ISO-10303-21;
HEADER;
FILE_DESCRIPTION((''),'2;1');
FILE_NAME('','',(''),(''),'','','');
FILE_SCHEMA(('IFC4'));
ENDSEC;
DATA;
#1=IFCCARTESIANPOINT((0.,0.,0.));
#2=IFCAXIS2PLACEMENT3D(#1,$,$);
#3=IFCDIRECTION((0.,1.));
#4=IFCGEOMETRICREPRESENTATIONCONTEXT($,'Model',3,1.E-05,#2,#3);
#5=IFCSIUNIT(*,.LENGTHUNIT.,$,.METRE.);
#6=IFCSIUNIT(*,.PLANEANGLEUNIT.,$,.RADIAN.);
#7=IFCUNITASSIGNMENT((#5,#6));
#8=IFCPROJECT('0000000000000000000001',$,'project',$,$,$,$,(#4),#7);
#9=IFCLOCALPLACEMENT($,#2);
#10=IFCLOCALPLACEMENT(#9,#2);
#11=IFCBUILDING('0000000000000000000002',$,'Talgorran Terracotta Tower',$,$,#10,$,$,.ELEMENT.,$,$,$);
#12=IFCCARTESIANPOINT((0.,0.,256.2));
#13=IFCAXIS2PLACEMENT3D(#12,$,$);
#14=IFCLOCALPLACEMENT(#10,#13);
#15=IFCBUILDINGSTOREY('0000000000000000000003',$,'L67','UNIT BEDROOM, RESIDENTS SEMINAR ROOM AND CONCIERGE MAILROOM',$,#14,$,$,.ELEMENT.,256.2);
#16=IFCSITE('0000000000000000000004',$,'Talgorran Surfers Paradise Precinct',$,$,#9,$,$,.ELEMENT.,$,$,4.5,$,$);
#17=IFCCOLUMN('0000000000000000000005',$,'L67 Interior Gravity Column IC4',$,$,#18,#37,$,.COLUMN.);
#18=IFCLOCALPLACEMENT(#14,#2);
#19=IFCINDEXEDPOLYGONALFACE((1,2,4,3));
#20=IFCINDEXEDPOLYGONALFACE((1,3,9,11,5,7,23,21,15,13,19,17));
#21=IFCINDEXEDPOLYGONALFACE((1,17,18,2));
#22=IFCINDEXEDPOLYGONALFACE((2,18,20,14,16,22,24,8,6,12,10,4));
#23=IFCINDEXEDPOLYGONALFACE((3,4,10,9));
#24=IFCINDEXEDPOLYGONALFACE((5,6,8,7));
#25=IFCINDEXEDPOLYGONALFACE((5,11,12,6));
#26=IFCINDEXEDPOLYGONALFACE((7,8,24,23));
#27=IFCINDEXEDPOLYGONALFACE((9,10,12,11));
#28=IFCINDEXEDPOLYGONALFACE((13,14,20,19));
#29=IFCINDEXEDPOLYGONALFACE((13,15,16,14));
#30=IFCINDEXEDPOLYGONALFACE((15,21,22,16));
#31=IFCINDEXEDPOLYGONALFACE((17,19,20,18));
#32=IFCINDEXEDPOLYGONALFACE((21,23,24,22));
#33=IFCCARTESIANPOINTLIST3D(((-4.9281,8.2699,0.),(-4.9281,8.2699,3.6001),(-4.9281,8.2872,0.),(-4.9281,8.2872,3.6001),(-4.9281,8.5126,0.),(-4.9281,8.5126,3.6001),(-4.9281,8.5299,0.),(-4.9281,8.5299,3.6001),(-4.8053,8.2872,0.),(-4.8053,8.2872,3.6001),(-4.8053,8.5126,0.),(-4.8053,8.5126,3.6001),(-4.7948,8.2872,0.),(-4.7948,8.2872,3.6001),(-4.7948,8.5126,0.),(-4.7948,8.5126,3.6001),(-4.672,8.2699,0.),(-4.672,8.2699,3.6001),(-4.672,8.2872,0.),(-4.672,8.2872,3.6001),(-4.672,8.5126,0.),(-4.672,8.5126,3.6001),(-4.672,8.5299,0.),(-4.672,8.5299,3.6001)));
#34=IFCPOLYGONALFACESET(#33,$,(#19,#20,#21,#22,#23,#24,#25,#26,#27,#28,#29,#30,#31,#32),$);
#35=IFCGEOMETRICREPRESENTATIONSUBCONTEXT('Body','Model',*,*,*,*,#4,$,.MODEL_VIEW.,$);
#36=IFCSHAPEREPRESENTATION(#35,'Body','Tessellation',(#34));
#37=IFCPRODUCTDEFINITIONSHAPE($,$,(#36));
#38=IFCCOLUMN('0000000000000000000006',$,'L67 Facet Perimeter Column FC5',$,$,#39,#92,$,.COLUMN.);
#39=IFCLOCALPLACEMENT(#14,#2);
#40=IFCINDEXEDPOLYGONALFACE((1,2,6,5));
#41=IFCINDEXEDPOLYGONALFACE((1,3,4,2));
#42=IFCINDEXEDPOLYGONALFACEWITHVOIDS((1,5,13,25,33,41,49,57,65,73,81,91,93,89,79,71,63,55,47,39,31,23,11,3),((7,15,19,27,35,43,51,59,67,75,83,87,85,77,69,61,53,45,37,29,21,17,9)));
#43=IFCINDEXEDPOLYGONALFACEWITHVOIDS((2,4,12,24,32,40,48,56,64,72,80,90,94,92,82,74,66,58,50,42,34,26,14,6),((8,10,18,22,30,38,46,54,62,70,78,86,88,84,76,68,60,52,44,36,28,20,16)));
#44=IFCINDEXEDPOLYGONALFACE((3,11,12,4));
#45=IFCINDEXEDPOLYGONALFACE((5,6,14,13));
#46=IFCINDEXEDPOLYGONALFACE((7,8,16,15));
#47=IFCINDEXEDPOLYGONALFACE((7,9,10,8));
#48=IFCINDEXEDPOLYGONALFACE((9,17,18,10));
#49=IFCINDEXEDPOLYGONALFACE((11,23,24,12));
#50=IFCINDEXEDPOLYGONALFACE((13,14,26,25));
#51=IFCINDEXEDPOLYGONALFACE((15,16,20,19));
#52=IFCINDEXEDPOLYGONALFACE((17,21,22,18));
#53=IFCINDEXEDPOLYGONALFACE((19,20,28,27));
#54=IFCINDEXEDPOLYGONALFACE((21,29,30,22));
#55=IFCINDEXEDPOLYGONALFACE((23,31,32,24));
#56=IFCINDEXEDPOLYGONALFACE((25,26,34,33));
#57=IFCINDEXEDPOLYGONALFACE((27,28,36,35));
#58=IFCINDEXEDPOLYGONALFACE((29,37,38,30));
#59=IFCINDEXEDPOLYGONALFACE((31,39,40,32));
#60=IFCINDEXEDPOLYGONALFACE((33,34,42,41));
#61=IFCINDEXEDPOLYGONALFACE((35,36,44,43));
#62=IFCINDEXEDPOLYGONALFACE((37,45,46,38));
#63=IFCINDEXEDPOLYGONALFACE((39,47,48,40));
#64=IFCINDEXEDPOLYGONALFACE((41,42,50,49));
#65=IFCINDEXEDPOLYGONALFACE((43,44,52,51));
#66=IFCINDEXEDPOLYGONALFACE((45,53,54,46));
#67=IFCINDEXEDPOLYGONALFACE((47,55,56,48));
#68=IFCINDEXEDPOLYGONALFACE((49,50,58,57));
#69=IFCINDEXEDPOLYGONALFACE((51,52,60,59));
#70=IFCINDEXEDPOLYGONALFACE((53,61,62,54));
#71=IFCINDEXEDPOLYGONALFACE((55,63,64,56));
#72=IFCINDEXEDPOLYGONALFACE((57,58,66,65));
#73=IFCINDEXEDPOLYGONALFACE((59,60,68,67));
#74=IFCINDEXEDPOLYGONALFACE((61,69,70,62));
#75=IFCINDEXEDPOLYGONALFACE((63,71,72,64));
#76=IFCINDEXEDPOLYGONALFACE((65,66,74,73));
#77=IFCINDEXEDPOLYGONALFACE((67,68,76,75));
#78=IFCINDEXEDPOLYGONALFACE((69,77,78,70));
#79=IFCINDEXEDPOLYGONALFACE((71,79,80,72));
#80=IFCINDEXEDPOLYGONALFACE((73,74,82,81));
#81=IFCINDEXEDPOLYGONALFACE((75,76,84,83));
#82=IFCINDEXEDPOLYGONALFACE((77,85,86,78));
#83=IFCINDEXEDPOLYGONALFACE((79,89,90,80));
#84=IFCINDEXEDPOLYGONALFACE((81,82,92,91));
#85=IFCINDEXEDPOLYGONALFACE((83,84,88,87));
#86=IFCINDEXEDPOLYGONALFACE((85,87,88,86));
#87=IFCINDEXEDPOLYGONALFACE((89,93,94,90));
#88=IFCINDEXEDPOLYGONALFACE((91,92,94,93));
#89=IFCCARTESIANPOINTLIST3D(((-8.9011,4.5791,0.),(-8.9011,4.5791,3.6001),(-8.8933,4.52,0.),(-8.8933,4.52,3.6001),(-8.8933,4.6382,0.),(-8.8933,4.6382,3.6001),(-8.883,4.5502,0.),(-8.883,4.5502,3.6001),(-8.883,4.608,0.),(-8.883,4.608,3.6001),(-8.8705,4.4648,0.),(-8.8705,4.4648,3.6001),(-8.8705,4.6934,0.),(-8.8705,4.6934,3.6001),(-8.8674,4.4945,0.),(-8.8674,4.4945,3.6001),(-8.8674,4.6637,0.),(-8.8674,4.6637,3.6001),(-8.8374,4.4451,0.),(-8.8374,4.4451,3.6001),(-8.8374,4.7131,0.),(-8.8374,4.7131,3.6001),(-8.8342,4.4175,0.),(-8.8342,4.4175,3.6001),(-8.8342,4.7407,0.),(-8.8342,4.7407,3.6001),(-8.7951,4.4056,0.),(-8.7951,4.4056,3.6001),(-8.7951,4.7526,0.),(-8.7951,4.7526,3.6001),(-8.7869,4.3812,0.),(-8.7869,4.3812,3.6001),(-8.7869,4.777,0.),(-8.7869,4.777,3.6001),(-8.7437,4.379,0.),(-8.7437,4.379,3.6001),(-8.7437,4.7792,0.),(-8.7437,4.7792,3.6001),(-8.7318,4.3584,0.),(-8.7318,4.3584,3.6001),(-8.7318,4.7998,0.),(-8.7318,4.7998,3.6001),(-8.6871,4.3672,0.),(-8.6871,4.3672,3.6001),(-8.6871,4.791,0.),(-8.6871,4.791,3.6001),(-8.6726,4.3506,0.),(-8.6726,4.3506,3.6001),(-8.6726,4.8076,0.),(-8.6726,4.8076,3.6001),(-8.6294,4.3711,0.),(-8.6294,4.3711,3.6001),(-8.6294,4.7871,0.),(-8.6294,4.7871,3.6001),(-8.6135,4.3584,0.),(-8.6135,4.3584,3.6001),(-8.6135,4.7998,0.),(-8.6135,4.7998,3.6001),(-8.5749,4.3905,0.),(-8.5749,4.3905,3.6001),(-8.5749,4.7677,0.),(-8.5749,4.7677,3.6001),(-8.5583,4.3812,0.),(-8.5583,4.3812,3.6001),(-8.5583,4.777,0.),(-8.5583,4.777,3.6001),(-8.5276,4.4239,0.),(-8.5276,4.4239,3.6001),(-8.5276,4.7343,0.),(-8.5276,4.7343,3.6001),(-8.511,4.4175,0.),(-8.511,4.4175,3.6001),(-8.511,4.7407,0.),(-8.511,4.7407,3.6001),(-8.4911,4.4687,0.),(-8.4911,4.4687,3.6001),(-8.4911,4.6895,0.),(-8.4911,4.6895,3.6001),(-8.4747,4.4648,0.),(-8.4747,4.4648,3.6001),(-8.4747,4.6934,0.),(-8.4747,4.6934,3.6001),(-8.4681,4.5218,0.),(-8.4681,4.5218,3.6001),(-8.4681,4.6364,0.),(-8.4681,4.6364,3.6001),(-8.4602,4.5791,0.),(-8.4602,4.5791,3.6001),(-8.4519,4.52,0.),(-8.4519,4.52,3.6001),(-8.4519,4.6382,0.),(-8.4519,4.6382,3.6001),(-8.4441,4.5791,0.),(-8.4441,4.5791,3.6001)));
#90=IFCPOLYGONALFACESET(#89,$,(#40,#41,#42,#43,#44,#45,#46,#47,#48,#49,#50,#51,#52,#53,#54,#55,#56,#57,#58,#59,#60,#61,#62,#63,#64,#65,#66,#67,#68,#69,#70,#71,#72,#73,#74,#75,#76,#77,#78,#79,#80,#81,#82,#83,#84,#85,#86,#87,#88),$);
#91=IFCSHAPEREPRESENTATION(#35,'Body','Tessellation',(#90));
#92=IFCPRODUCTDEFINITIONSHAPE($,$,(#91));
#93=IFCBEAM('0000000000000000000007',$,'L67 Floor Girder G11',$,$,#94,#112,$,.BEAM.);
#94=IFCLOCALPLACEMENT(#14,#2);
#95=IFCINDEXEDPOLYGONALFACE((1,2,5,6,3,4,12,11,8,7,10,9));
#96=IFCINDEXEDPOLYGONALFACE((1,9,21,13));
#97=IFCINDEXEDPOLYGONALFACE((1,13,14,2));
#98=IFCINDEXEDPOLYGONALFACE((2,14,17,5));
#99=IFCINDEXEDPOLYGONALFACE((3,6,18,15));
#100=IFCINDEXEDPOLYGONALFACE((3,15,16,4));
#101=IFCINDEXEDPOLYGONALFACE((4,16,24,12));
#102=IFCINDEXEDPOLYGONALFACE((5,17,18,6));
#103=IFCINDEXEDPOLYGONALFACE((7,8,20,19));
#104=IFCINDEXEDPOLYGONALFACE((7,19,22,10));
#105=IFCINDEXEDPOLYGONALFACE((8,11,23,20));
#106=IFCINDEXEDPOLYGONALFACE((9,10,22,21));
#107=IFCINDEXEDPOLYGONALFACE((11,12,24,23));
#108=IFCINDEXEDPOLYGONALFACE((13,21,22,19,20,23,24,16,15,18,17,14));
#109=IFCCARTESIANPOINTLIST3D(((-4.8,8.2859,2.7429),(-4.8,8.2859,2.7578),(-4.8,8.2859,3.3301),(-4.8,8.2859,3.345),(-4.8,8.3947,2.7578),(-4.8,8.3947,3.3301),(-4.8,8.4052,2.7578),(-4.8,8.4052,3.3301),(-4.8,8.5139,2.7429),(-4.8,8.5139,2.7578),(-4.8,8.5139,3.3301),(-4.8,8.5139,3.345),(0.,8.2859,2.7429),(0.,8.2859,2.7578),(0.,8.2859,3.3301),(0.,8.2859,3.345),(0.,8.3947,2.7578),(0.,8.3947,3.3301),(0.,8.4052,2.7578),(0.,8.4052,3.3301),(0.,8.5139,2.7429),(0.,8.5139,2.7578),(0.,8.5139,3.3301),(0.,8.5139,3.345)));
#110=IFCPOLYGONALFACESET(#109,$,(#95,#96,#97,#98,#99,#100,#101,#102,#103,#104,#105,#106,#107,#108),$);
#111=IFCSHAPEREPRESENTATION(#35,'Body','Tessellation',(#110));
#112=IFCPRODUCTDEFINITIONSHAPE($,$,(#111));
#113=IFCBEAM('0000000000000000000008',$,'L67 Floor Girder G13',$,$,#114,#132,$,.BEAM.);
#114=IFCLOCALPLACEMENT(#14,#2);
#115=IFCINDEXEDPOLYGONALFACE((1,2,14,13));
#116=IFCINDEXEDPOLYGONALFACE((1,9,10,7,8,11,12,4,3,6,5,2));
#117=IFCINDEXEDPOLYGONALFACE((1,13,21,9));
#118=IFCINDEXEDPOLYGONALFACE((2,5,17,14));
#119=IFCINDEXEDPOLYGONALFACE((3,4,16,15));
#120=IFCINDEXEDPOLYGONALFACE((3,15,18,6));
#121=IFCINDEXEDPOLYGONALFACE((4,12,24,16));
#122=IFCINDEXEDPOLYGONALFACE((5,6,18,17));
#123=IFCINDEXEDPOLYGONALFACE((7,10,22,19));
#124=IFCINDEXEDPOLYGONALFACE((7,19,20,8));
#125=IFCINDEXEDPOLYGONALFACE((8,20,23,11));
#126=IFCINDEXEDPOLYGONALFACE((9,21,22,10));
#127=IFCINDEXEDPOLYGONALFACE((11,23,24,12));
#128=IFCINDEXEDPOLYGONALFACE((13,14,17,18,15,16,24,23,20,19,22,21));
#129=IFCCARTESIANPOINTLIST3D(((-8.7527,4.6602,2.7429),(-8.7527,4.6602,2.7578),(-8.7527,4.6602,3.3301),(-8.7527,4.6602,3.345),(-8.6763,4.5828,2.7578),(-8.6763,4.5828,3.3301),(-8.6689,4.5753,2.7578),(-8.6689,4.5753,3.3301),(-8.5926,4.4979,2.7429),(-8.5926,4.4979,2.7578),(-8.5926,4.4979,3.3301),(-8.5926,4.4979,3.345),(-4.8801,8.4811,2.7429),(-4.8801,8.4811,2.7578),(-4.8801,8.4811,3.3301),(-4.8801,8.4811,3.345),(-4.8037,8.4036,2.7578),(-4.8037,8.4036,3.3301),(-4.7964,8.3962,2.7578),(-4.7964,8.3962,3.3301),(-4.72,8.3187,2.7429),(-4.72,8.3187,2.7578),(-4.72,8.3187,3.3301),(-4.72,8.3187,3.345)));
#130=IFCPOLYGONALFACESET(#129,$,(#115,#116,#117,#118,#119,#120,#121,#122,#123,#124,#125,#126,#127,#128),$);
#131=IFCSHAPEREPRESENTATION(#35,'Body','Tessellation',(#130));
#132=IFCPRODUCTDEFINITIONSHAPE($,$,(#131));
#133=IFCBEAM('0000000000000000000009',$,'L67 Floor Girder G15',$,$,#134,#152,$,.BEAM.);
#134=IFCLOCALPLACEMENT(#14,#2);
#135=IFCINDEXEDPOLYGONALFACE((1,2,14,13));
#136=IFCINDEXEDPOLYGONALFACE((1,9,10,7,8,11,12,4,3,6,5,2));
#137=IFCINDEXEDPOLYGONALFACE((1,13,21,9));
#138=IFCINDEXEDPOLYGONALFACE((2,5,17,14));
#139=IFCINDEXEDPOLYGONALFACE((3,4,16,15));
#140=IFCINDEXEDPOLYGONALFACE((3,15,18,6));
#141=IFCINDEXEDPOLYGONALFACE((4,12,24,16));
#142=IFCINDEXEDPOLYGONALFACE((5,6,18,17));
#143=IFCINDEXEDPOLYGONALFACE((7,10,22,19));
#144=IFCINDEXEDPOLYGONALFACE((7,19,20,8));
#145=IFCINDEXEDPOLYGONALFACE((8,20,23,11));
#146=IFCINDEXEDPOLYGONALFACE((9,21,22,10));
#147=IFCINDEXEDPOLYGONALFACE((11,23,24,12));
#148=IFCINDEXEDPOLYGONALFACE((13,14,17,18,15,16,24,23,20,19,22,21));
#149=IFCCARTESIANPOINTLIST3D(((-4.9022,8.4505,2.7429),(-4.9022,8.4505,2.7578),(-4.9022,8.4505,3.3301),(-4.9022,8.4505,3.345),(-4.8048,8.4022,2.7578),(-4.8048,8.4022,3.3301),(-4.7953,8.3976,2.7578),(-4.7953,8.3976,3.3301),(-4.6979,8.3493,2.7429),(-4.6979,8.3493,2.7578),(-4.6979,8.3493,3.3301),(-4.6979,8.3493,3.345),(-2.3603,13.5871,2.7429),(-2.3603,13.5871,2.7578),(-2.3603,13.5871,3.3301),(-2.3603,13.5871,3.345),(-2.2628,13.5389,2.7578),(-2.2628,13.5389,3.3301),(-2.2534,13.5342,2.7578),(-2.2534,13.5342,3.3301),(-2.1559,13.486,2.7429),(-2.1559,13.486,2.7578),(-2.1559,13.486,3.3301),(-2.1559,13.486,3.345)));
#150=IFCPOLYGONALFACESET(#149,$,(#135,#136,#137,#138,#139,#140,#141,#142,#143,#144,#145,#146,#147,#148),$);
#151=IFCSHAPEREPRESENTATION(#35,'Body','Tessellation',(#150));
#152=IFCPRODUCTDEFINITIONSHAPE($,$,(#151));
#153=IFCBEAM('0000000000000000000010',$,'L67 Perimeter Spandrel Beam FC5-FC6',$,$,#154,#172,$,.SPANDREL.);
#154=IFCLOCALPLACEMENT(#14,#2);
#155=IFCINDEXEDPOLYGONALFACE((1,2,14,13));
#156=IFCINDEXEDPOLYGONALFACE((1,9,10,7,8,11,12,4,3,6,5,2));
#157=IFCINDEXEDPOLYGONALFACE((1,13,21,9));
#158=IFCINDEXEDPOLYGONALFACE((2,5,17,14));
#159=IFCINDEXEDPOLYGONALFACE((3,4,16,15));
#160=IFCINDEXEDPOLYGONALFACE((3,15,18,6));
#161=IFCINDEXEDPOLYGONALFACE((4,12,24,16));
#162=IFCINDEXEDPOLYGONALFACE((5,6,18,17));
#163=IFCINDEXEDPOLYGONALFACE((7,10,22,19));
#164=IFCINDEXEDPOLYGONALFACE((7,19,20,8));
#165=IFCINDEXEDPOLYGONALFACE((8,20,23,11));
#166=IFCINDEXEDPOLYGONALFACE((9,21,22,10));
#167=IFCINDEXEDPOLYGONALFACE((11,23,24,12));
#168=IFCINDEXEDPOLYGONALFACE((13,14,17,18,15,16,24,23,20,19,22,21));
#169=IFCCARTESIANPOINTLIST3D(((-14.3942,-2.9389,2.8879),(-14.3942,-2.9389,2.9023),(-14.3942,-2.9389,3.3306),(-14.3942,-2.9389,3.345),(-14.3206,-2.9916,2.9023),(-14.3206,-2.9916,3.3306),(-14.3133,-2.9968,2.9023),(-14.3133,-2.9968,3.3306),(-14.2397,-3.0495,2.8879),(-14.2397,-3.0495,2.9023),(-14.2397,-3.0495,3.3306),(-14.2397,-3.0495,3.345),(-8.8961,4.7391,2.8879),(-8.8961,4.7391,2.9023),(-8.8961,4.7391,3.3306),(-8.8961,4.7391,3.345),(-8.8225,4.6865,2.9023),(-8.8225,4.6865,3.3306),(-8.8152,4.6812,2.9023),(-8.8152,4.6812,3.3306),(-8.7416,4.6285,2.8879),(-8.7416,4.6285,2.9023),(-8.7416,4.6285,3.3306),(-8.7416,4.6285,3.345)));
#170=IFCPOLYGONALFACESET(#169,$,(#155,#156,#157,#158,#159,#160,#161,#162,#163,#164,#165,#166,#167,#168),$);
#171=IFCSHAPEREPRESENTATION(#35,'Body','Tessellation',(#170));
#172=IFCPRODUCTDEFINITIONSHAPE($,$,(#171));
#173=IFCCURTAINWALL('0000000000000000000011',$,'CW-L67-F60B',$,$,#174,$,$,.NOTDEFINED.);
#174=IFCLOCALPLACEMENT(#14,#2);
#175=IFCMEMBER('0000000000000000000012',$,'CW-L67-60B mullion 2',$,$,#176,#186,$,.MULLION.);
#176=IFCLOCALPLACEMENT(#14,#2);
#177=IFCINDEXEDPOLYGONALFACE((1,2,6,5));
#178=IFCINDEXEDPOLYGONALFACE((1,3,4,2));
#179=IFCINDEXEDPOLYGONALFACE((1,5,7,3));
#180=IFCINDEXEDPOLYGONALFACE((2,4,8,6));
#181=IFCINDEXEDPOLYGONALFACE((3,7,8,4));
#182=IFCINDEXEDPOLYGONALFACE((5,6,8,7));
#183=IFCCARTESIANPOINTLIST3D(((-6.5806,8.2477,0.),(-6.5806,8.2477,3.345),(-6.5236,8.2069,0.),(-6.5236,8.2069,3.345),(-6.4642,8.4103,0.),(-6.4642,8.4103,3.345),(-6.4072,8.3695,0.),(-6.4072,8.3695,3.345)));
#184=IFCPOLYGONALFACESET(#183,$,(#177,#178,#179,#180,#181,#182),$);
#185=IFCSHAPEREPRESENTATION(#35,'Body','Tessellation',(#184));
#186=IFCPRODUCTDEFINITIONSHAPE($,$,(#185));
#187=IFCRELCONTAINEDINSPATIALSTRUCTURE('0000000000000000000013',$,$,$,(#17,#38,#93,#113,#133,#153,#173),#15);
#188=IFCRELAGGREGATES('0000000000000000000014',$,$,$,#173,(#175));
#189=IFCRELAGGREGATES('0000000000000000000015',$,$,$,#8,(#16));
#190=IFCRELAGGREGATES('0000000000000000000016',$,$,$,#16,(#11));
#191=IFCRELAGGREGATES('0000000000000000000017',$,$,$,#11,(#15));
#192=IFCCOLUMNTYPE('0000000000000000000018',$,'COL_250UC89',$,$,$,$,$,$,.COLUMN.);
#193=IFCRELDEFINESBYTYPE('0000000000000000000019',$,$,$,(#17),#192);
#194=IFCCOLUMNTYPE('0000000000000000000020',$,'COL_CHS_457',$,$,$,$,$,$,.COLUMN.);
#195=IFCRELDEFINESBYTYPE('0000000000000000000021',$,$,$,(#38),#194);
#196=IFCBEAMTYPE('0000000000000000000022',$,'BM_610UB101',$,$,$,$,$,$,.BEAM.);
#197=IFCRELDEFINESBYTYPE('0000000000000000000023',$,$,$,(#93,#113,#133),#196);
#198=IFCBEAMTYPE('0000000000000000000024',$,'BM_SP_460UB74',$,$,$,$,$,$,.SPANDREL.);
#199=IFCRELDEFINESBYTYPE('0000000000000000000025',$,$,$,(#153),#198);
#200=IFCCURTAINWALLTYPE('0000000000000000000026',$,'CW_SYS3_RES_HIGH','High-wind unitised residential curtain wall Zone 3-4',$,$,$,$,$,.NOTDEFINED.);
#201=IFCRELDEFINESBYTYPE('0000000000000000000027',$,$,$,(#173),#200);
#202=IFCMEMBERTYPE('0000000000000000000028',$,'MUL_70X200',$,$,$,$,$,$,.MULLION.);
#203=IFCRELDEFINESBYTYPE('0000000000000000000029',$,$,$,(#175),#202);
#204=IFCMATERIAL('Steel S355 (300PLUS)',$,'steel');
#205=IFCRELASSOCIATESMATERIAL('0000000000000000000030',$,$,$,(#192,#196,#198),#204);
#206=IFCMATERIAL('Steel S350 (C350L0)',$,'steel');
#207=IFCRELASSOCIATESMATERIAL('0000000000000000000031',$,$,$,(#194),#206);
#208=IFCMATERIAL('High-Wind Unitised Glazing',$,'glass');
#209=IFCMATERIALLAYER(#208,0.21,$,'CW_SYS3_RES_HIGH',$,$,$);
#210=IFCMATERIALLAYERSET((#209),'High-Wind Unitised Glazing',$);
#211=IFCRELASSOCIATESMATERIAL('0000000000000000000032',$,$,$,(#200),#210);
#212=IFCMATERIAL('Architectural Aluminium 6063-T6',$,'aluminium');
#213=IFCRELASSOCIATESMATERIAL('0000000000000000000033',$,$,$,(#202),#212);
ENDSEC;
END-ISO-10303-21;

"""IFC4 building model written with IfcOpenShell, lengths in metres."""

from ifc_helpers import new_model, si_unit, direction, frame, origin, origin_2d, place, context, subcontext, project, spatial, rectangle, hollow_circle, i_section, extrude, material, layer, layer_set, material_profile, profile_set, type_object, element, aggregate, save


model = new_model("IFC4")

# Units and contexts
model_context = context("Model", 3, precision=1e-05, world=origin(), true_north=direction((0.0, 1.0)))
body_context = subcontext(model_context, "Body", "Model", "MODEL_VIEW")
ifc_project = project(units=[si_unit("LENGTHUNIT", "METRE"), si_unit("PLANEANGLEUNIT", "RADIAN")], contexts=[model_context])

# Site, building, storey
site_placement = place(None, origin())
site = spatial("IfcSite", under=ifc_project, at=site_placement, Name="Talgorran Surfers Paradise Precinct", CompositionType="ELEMENT", RefElevation=4.5)
building_placement = place(site_placement, origin())
building = spatial("IfcBuilding", under=site, at=building_placement, Name="Talgorran Terracotta Tower", CompositionType="ELEMENT")
storey_placement = place(building_placement, frame((0.0, 0.0, 256.2)))
storey = spatial("IfcBuildingStorey", under=building, at=storey_placement, Name="L67", Description="UNIT BEDROOM, RESIDENTS SEMINAR ROOM AND CONCIERGE MAILROOM", CompositionType="ELEMENT", Elevation=256.2)

# Columns
ifc_material_1 = material(Name="Steel S355 (300PLUS)", Category="steel")
ifc_material_profile_1 = material_profile(ifc_material_1, i_section(OverallWidth=0.2561, OverallDepth=0.26, WebThickness=0.0105, FlangeThickness=0.0173, at=origin_2d()), Name="250UC89.5")
ifc_profile_set_1 = profile_set([ifc_material_profile_1], Name="Steel S355 (300PLUS)")
column_type_1 = type_object("IfcColumnType", Name="COL_250UC89", PredefinedType="COLUMN", material=ifc_profile_set_1)
column_1_placement = place(storey_placement, frame((-4.8, 8.3999, 0.0), z_axis=(0.0, 0.0, 1.0), x_axis=(1.0, 0.0, 0.0)))
element("IfcColumn", 1, at=column_1_placement, inside=storey, type_object=column_type_1, Name="L67 Interior Gravity Column IC4", PredefinedType="COLUMN", context=body_context, shape_type="SweptSolid", body=[
    extrude(i_section(OverallWidth=0.2561, OverallDepth=0.26, WebThickness=0.0105, FlangeThickness=0.0173, at=origin_2d()), origin(), (0.0, 0.0, 1.0), 3.6001),
])
ifc_material_2 = material(Name="Steel S350 (C350L0)", Category="steel")
ifc_material_profile_2 = material_profile(ifc_material_2, hollow_circle(Radius=0.2285, WallThickness=0.0161, at=origin_2d()), Name="CHS457X16")
ifc_profile_set_2 = profile_set([ifc_material_profile_2], Name="Steel S350 (C350L0)")
column_type_2 = type_object("IfcColumnType", Name="COL_CHS_457", PredefinedType="COLUMN", material=ifc_profile_set_2)
column_2_placement = place(storey_placement, frame((-8.6726, 4.5791, 0.0), z_axis=(0.0, 0.0, 1.0), x_axis=(1.0, 0.0, 0.0)))
element("IfcColumn", 2, at=column_2_placement, inside=storey, type_object=column_type_2, Name="L67 Facet Perimeter Column FC5", PredefinedType="COLUMN", context=body_context, shape_type="SweptSolid", body=[
    extrude(hollow_circle(Radius=0.2285, WallThickness=0.0161, at=origin_2d()), origin(), (0.0, 0.0, 1.0), 3.6001),
])

# Beams
ifc_material_profile_3 = material_profile(ifc_material_1, i_section(OverallWidth=0.228, OverallDepth=0.6021, WebThickness=0.0105, FlangeThickness=0.0149, at=origin_2d()), Name="610UB101")
ifc_profile_set_3 = profile_set([ifc_material_profile_3], Name="Steel S355 (300PLUS)")
beam_type_1 = type_object("IfcBeamType", Name="BM_610UB101", PredefinedType="BEAM", material=ifc_profile_set_3)
beam_1_placement = place(storey_placement, frame((-4.8, 8.3999, 3.0439), z_axis=(1.0, 0.0, 0.0), x_axis=(0.0, 1.0, 0.0)))
element("IfcBeam", 3, at=beam_1_placement, inside=storey, type_object=beam_type_1, Name="L67 Floor Girder G11", PredefinedType="BEAM", context=body_context, shape_type="SweptSolid", body=[
    extrude(i_section(OverallWidth=0.228, OverallDepth=0.6021, WebThickness=0.0105, FlangeThickness=0.0149, at=origin_2d()), origin(), (0.0, 0.0, 1.0), 4.8),
])
beam_2_placement = place(storey_placement, frame((-4.8, 8.3999, 3.0439), z_axis=(-0.711848, -0.702334, 0.0), x_axis=(0.702334, -0.711848, 0.0)))
element("IfcBeam", 4, at=beam_2_placement, inside=storey, type_object=beam_type_1, Name="L67 Floor Girder G13", PredefinedType="BEAM", context=body_context, shape_type="SweptSolid", body=[
    extrude(i_section(OverallWidth=0.228, OverallDepth=0.6021, WebThickness=0.0105, FlangeThickness=0.0149, at=origin_2d()), origin(), (0.0, 0.0, 1.0), 5.4402),
])
beam_3_placement = place(storey_placement, frame((-4.8, 8.3999, 3.0439), z_axis=(0.443529, 0.89626, 0.0), x_axis=(-0.89626, 0.443529, 0.0)))
element("IfcBeam", 5, at=beam_3_placement, inside=storey, type_object=beam_type_1, Name="L67 Floor Girder G15", PredefinedType="BEAM", context=body_context, shape_type="SweptSolid", body=[
    extrude(i_section(OverallWidth=0.228, OverallDepth=0.6021, WebThickness=0.0105, FlangeThickness=0.0149, at=origin_2d()), origin(), (0.0, 0.0, 1.0), 5.7312),
])
ifc_material_profile_4 = material_profile(ifc_material_1, i_section(OverallWidth=0.1899, OverallDepth=0.457, WebThickness=0.009, FlangeThickness=0.0144, at=origin_2d()), Name="460UB74.6")
ifc_profile_set_4 = profile_set([ifc_material_profile_4], Name="Steel S355 (300PLUS)")
beam_type_2 = type_object("IfcBeamType", Name="BM_SP_460UB74", PredefinedType="SPANDREL", material=ifc_profile_set_4)
beam_4_placement = place(storey_placement, frame((-8.8188, 4.6838, 3.1165), z_axis=(-0.582204, -0.813043, 0.0), x_axis=(0.813043, -0.582204, 0.0)))
element("IfcBeam", 6, at=beam_4_placement, inside=storey, type_object=beam_type_2, Name="L67 Perimeter Spandrel Beam FC5-FC6", PredefinedType="SPANDREL", context=body_context, shape_type="SweptSolid", body=[
    extrude(i_section(OverallWidth=0.1899, OverallDepth=0.457, WebThickness=0.009, FlangeThickness=0.0144, at=origin_2d()), origin(), (0.0, 0.0, 1.0), 9.4436),
])

# Curtain wall, member
ifc_material_3 = material(Name="High-Wind Unitised Glazing", Category="glass")
ifc_layer_1 = layer(ifc_material_3, 0.21, Name="CW_SYS3_RES_HIGH")
ifc_layer_set_1 = layer_set([ifc_layer_1], Name="High-Wind Unitised Glazing")
curtain_wall_type = type_object("IfcCurtainWallType", Name="CW_SYS3_RES_HIGH", Description="High-wind unitised residential curtain wall Zone 3-4", PredefinedType="NOTDEFINED", material=ifc_layer_set_1)
curtain_wall_1_placement = place(storey_placement, origin())
curtain_wall_1 = element("IfcCurtainWall", 7, at=curtain_wall_1_placement, inside=storey, type_object=curtain_wall_type, Name="CW-L67-F60B", PredefinedType="NOTDEFINED")
ifc_material_4 = material(Name="Architectural Aluminium 6063-T6", Category="aluminium")
ifc_material_profile_5 = material_profile(ifc_material_4, rectangle(XDim=0.0701, YDim=0.2, at=origin_2d()), Name="CWM70X200")
ifc_profile_set_5 = profile_set([ifc_material_profile_5], Name="Architectural Aluminium 6063-T6")
member_type_1 = type_object("IfcMemberType", Name="MUL_70X200", PredefinedType="MULLION", material=ifc_profile_set_5)
member_1_placement = place(storey_placement, frame((-6.4939, 8.3086, 0.0), z_axis=(0.0, 0.0, 1.0), x_axis=(0.81303, -0.582222, 0.0)))
member_1 = element("IfcMember", 8, at=member_1_placement, type_object=member_type_1, Name="CW-L67-60B mullion 2", PredefinedType="MULLION", context=body_context, shape_type="SweptSolid", body=[
    extrude(rectangle(XDim=0.0701, YDim=0.2, at=origin_2d()), origin(), (0.0, 0.0, 1.0), 3.345),
])
aggregate(curtain_wall_1, [member_1])

save(model, "model.ifc")
